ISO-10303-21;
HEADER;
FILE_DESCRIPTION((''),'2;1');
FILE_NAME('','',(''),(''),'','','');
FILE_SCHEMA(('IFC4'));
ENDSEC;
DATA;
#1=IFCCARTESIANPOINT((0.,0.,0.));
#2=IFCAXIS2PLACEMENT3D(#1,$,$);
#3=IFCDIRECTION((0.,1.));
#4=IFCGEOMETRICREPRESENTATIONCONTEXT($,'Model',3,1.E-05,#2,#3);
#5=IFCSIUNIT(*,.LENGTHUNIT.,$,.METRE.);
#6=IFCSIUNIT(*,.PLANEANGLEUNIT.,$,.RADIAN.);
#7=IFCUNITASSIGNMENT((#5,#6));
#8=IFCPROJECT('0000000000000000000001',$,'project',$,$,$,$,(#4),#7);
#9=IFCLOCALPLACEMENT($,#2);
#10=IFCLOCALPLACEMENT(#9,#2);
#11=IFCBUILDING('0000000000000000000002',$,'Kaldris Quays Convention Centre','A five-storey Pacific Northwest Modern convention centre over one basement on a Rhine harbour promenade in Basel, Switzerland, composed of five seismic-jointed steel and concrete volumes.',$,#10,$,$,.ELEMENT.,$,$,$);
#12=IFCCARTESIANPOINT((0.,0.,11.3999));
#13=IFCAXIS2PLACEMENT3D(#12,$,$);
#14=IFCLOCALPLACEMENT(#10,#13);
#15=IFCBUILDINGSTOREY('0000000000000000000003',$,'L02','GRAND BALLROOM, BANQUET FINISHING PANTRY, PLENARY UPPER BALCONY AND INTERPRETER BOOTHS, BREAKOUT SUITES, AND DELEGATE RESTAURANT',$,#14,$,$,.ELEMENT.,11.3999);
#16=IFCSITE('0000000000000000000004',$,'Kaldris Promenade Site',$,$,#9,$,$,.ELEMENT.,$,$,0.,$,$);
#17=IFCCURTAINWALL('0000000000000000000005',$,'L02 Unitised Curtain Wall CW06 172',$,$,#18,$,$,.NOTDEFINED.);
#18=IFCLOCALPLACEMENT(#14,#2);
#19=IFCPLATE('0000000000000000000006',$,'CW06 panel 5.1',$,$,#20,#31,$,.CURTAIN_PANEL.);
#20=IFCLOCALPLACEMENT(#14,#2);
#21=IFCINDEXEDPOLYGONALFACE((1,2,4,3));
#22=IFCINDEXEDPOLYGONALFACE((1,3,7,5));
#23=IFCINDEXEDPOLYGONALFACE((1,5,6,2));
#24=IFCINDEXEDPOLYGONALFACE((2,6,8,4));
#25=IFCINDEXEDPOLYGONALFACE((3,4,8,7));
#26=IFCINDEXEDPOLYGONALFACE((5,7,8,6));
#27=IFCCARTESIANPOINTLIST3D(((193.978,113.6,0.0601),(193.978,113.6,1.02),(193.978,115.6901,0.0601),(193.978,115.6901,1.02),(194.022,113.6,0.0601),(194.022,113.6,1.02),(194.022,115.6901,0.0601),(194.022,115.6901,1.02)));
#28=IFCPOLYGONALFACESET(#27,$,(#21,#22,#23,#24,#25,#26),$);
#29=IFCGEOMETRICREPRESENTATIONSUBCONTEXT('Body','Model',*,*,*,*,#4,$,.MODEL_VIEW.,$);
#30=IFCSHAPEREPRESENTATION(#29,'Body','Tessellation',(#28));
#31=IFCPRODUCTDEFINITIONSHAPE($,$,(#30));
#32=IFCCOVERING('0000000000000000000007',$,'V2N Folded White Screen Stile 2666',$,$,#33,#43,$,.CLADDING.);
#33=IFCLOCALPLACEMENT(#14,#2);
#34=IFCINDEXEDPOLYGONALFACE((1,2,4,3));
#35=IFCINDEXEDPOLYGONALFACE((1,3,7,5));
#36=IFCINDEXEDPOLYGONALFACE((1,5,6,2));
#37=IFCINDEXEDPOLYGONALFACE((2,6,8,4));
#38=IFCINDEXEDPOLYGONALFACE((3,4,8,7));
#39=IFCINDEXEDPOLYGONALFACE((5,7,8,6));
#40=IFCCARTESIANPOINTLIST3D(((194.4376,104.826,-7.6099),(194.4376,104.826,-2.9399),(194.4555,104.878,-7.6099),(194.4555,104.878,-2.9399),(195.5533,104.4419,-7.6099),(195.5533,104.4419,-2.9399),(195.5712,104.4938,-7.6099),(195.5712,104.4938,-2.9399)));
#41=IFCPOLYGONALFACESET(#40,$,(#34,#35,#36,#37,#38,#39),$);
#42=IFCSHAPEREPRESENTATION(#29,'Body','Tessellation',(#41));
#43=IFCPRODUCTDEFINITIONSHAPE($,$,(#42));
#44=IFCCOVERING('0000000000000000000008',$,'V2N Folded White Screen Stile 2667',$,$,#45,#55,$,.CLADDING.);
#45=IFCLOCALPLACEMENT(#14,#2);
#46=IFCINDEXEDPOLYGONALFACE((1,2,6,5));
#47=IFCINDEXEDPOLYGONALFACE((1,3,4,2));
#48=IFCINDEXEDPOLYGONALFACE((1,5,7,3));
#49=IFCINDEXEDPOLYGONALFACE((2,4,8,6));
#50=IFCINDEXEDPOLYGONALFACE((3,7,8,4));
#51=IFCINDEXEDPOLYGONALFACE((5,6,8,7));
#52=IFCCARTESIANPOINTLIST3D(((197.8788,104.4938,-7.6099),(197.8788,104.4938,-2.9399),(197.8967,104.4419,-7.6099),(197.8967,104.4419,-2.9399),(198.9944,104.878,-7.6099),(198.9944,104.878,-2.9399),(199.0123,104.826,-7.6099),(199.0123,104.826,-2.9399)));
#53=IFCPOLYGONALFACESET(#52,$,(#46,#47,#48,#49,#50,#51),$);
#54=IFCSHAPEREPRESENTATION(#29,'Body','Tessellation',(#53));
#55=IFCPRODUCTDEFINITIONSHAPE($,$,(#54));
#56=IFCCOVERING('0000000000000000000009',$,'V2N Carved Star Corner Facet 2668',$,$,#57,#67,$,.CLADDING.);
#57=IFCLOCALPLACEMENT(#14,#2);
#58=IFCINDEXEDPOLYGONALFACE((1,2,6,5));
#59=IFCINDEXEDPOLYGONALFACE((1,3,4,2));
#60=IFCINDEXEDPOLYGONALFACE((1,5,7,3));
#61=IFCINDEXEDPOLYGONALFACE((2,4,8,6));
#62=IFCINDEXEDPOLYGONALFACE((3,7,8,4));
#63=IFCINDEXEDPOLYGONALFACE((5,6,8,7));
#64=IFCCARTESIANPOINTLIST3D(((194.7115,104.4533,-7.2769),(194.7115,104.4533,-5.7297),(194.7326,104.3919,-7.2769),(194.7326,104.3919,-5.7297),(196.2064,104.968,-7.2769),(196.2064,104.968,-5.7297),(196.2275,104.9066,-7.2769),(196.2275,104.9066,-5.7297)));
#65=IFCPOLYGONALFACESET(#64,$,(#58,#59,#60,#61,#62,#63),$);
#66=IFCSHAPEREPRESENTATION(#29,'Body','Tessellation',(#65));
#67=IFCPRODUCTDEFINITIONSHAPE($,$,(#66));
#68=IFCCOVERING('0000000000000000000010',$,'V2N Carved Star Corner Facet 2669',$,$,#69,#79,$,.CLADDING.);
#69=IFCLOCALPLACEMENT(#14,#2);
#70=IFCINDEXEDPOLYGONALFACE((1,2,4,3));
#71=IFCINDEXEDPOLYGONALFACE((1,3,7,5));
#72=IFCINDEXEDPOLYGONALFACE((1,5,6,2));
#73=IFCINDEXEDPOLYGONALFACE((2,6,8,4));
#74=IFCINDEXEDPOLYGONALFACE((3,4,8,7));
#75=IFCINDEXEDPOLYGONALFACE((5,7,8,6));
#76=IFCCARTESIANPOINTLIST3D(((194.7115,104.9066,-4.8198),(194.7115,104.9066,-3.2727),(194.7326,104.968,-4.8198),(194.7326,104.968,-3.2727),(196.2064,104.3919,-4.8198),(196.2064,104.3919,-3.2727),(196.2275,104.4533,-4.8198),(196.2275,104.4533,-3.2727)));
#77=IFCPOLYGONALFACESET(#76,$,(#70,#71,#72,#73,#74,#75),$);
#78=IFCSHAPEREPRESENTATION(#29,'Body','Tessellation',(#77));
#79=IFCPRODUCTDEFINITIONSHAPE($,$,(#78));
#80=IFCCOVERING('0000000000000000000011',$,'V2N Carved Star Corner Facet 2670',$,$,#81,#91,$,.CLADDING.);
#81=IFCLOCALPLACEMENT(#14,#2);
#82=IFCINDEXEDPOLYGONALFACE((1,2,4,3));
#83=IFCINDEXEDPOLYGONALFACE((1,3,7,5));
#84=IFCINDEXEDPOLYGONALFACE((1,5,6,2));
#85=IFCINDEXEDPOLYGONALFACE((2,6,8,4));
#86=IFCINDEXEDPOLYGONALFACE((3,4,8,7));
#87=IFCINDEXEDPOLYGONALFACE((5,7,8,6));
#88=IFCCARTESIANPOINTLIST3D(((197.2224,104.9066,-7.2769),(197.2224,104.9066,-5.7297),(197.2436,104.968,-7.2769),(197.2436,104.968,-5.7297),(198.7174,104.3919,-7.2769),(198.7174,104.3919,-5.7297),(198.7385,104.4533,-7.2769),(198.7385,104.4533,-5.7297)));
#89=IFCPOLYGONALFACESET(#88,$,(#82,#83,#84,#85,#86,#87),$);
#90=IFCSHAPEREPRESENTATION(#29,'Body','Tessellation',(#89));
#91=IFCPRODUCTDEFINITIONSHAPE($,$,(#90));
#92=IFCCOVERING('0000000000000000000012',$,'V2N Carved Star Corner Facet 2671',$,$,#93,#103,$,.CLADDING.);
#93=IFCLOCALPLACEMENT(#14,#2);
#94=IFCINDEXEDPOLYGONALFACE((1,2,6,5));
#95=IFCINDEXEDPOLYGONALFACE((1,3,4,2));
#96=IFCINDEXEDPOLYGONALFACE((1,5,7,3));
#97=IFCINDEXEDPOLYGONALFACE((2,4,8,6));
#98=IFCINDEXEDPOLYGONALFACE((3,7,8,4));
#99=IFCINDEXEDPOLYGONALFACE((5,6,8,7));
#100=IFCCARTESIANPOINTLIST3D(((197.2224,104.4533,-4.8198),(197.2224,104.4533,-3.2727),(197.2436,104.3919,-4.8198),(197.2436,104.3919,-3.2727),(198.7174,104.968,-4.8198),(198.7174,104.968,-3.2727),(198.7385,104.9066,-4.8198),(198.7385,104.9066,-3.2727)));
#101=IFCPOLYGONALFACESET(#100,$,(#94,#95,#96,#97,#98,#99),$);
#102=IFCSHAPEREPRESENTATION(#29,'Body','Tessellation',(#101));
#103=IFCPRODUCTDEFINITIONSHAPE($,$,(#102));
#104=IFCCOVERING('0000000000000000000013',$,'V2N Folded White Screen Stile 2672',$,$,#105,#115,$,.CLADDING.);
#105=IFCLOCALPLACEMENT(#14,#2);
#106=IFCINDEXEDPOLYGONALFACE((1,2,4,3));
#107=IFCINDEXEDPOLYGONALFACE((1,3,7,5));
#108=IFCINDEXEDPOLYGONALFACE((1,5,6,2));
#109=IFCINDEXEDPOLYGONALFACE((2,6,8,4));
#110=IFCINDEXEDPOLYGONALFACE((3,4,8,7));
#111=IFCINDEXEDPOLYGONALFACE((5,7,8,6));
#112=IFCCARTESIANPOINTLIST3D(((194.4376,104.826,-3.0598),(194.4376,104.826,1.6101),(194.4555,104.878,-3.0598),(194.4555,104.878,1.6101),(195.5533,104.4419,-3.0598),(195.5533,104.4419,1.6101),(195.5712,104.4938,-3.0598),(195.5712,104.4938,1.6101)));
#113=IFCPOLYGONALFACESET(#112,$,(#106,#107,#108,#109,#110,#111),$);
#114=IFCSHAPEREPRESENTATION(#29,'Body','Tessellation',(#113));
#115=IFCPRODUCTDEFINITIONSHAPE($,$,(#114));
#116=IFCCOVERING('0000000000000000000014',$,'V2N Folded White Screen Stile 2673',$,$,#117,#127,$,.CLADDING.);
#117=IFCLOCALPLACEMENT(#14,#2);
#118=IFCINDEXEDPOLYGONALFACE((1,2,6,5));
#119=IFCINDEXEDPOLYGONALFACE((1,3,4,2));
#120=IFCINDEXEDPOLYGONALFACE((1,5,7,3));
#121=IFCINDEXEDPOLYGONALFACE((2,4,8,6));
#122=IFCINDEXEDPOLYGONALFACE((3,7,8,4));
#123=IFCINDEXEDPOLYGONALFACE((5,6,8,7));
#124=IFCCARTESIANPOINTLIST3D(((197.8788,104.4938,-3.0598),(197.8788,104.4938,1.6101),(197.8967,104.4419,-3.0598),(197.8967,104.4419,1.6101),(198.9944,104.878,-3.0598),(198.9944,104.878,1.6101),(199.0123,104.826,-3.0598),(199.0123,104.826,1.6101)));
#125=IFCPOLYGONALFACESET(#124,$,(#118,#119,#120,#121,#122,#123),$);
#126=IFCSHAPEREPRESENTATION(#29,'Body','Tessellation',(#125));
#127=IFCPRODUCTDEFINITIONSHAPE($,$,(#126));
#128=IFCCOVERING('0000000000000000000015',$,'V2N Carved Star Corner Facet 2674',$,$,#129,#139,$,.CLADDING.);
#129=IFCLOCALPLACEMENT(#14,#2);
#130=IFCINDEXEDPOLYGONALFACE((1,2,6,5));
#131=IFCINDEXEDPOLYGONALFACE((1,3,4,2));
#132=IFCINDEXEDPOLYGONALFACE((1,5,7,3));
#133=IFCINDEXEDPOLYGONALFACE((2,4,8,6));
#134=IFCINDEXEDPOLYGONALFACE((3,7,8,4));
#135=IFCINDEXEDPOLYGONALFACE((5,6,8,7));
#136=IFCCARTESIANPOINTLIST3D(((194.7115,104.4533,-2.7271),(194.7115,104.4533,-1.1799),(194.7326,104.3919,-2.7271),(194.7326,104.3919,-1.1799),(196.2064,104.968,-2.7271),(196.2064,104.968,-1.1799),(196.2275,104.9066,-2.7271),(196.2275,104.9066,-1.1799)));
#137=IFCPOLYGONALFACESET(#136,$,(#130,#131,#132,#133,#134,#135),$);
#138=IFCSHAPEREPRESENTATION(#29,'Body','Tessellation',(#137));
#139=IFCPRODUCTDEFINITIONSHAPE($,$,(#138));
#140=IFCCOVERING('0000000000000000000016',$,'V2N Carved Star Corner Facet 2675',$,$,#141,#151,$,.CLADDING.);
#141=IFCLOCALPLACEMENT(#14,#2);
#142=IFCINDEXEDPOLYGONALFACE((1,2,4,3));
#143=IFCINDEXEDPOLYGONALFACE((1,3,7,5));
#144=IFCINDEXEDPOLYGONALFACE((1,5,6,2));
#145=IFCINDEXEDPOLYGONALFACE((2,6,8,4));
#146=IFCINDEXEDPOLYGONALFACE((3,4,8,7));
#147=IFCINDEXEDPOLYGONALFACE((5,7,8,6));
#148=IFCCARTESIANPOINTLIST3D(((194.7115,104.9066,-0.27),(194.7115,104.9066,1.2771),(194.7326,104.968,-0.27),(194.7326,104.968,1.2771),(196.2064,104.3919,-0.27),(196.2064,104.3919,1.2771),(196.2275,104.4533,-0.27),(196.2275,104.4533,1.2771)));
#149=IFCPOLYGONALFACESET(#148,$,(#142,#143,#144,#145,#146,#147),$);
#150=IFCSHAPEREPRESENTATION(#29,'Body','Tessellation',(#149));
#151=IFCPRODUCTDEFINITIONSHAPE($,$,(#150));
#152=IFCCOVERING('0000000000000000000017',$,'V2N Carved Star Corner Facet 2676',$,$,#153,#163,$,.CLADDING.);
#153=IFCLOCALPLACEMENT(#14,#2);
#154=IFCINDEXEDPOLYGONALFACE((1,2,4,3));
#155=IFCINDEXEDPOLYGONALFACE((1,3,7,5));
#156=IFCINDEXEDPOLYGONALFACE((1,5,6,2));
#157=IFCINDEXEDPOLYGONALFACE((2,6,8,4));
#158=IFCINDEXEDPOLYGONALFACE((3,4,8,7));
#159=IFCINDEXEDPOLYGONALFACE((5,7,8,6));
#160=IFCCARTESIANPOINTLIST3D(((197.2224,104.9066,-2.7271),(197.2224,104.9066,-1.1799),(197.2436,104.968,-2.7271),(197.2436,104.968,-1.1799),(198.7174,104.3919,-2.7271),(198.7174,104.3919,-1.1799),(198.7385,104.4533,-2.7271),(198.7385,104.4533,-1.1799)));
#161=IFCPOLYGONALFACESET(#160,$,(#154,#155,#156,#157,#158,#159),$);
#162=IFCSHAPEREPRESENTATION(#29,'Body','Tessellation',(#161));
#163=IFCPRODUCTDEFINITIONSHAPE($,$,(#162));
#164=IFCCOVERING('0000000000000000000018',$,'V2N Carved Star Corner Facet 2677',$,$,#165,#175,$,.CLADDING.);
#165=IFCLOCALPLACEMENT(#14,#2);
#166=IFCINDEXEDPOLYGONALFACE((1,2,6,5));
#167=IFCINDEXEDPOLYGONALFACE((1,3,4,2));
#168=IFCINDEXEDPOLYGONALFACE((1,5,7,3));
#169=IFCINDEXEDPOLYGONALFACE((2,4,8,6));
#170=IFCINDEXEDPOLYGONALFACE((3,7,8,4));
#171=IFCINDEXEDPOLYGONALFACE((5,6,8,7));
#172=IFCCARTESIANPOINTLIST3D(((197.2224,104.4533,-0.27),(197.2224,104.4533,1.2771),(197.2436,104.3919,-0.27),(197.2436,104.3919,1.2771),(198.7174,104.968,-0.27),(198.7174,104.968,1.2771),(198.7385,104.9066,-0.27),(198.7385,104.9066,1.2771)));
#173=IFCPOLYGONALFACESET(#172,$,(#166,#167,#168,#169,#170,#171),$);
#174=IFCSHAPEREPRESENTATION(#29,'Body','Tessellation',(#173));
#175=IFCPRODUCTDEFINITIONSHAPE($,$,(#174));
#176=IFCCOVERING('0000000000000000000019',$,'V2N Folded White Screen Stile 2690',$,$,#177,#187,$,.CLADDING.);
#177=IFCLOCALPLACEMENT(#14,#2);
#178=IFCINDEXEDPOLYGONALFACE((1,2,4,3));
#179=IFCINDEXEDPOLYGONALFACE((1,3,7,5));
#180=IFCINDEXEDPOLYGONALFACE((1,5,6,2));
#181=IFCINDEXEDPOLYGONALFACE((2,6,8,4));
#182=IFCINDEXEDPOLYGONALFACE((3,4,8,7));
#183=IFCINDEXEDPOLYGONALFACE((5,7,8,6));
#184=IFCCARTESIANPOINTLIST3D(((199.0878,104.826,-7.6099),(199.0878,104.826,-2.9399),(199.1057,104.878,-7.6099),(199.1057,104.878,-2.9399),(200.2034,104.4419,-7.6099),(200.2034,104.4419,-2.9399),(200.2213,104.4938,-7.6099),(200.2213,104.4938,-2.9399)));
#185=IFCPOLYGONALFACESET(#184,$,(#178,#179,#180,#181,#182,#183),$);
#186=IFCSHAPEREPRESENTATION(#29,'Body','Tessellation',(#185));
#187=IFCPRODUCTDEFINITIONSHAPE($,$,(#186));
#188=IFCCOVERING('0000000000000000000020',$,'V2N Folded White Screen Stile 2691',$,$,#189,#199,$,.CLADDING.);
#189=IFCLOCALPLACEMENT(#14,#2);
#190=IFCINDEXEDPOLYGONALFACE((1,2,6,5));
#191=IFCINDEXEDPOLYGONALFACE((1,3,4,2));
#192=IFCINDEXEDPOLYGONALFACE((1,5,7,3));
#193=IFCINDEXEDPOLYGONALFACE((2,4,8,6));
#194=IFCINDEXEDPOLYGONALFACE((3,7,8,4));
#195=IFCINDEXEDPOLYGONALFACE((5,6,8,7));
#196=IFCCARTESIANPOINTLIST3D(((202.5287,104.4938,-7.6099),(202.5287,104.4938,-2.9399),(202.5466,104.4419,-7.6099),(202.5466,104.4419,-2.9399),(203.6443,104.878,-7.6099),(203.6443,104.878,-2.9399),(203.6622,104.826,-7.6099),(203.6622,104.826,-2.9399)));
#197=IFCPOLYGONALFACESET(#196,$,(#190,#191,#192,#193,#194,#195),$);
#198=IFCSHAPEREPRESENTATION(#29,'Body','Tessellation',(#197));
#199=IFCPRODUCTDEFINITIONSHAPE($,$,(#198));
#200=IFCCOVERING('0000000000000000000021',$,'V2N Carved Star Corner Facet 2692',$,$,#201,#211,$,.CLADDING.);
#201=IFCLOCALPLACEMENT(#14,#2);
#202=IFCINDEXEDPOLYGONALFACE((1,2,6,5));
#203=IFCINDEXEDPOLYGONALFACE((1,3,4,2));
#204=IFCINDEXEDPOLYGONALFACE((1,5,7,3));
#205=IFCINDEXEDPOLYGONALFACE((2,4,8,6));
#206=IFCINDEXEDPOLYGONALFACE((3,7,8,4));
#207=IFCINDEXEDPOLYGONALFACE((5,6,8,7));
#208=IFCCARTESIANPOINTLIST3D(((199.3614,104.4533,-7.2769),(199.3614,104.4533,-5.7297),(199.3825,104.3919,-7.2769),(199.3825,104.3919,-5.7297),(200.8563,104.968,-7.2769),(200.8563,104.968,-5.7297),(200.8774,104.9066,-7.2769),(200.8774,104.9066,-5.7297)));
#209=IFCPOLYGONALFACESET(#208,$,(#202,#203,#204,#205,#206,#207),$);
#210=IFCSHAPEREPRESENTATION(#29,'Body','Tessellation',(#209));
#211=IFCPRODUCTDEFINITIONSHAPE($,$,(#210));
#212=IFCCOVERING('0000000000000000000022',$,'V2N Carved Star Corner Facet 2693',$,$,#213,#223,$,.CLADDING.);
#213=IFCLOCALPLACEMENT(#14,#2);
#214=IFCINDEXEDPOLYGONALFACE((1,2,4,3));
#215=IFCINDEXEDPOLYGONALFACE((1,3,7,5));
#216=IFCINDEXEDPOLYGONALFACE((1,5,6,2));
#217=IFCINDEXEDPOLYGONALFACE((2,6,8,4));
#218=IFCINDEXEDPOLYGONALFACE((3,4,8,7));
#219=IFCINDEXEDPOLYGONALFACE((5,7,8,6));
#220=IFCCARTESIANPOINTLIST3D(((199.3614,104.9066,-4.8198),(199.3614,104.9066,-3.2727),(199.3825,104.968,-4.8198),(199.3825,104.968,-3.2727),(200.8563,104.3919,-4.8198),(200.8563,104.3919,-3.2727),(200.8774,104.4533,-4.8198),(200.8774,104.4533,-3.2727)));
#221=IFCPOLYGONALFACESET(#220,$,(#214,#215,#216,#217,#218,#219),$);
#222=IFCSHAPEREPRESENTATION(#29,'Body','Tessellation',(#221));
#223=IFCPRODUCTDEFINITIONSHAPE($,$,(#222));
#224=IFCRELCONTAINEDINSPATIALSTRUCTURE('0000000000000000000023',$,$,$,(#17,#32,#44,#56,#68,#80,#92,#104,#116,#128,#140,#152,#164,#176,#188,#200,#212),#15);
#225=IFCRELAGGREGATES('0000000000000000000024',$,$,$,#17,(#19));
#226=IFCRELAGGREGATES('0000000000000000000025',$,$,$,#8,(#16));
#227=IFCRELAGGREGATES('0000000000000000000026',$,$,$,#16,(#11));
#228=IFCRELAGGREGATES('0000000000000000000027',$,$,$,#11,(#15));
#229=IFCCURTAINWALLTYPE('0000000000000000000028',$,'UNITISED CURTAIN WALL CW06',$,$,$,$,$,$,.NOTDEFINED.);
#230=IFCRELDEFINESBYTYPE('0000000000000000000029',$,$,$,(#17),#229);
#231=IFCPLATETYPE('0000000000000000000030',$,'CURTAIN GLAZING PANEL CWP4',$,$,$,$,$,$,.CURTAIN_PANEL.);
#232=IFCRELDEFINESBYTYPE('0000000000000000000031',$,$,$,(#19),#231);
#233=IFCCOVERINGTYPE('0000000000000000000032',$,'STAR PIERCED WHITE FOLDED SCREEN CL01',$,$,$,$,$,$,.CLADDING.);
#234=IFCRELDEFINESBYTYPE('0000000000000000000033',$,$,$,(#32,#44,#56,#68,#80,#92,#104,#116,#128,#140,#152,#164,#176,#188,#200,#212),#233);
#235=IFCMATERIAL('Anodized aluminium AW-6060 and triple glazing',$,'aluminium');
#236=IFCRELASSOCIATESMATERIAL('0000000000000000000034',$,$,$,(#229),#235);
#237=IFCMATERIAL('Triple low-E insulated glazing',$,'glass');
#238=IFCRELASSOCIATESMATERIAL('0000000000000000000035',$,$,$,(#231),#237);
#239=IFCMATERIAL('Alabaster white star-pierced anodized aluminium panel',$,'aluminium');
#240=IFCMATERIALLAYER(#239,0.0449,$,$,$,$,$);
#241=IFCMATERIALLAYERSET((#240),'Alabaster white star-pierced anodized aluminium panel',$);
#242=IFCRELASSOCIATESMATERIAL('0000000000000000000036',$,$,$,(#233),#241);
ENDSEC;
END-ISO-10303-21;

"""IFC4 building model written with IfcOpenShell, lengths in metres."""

from ifc_helpers import new_model, si_unit, direction, frame, origin, origin_2d, place, context, subcontext, project, spatial, rectangle, extrude, material, layer, layer_set, type_object, element, aggregate, save


model = new_model("IFC4")

# Units and contexts
model_context = context("Model", 3, precision=1e-05, world=origin(), true_north=direction((0.0, 1.0)))
body_context = subcontext(model_context, "Body", "Model", "MODEL_VIEW")
ifc_project = project(units=[si_unit("LENGTHUNIT", "METRE"), si_unit("PLANEANGLEUNIT", "RADIAN")], contexts=[model_context])

# Site, building, storey
site_placement = place(None, origin())
site = spatial("IfcSite", under=ifc_project, at=site_placement, Name="Kaldris Promenade Site", CompositionType="ELEMENT", RefElevation=0.0)
building_placement = place(site_placement, origin())
building = spatial("IfcBuilding", under=site, at=building_placement, Name="Kaldris Quays Convention Centre", Description="A five-storey Pacific Northwest Modern convention centre over one basement on a Rhine harbour promenade in Basel, Switzerland, composed of five seismic-jointed steel and concrete volumes.", CompositionType="ELEMENT")
storey_placement = place(building_placement, frame((0.0, 0.0, 11.3999)))
storey = spatial("IfcBuildingStorey", under=building, at=storey_placement, Name="L02", Description="GRAND BALLROOM, BANQUET FINISHING PANTRY, PLENARY UPPER BALCONY AND INTERPRETER BOOTHS, BREAKOUT SUITES, AND DELEGATE RESTAURANT", CompositionType="ELEMENT", Elevation=11.3999)

# Curtain wall, plate
ifc_material_1 = material(Name="Anodized aluminium AW-6060 and triple glazing", Category="aluminium")
curtain_wall_type = type_object("IfcCurtainWallType", Name="UNITISED CURTAIN WALL CW06", PredefinedType="NOTDEFINED", material=ifc_material_1)
curtain_wall_placement = place(storey_placement, origin())
curtain_wall = element("IfcCurtainWall", 1, at=curtain_wall_placement, inside=storey, type_object=curtain_wall_type, Name="L02 Unitised Curtain Wall CW06 172", PredefinedType="NOTDEFINED")
ifc_material_2 = material(Name="Triple low-E insulated glazing", Category="glass")
plate_type = type_object("IfcPlateType", Name="CURTAIN GLAZING PANEL CWP4", PredefinedType="CURTAIN_PANEL", material=ifc_material_2)
plate_1_placement = place(storey_placement, frame((194.0, 114.645, 0.0601), z_axis=(0.0, 0.0, 1.0), x_axis=(0.0, 1.0, 0.0)))
plate_1 = element("IfcPlate", 2, at=plate_1_placement, type_object=plate_type, Name="CW06 panel 5.1", PredefinedType="CURTAIN_PANEL", context=body_context, shape_type="SweptSolid", body=[
    extrude(rectangle(XDim=2.0901, YDim=0.0439, at=origin_2d()), origin(), (0.0, 0.0, 1.0), 0.96),
])
aggregate(curtain_wall, [plate_1])

# Coverings
ifc_material_3 = material(Name="Alabaster white star-pierced anodized aluminium panel", Category="aluminium")
ifc_layer = layer(ifc_material_3, 0.0449)
ifc_layer_set = layer_set([ifc_layer], Name="Alabaster white star-pierced anodized aluminium panel")
covering_type = type_object("IfcCoveringType", Name="STAR PIERCED WHITE FOLDED SCREEN CL01", PredefinedType="CLADDING", material=ifc_layer_set)
for number, where, z_axis, x_axis, name in (
    (3, (195.0044, 104.6599, -7.6099), (0.0, 0.0, 1.0), (0.945519, -0.325568, 0.0), "V2N Folded White Screen Stile 2666"),
    (4, (198.4456, 104.6599, -7.6099), (0.0, 0.0, 1.0), (0.945519, 0.325568, 0.0), "V2N Folded White Screen Stile 2667"),
):
    element("IfcCovering", number, at=place(storey_placement, frame(where, z_axis=z_axis, x_axis=x_axis)), inside=storey, type_object=covering_type, Name=name, PredefinedType="CLADDING", context=body_context, shape_type="SweptSolid", body=[
        extrude(rectangle(XDim=1.1799, YDim=0.0549, at=origin_2d()), origin(), (0.0, 0.0, 1.0), 4.6699),
    ])
for number, where, z_axis, x_axis, name in (
    (5, (195.4695, 104.6799, -7.2769), (0.0, 0.0, 1.0), (0.945519, 0.325568, 0.0), "V2N Carved Star Corner Facet 2668"),
    (6, (195.4695, 104.6799, -4.8198), (0.0, 0.0, 1.0), (0.945519, -0.325568, 0.0), "V2N Carved Star Corner Facet 2669"),
    (7, (197.9805, 104.6799, -7.2769), (0.0, 0.0, 1.0), (0.945519, -0.325568, 0.0), "V2N Carved Star Corner Facet 2670"),
    (8, (197.9805, 104.6799, -4.8198), (0.0, 0.0, 1.0), (0.945519, 0.325568, 0.0), "V2N Carved Star Corner Facet 2671"),
):
    element("IfcCovering", number, at=place(storey_placement, frame(where, z_axis=z_axis, x_axis=x_axis)), inside=storey, type_object=covering_type, Name=name, PredefinedType="CLADDING", context=body_context, shape_type="SweptSolid", body=[
        extrude(rectangle(XDim=1.5811, YDim=0.0649, at=origin_2d()), origin(), (0.0, 0.0, 1.0), 1.5471),
    ])
for number, where, z_axis, x_axis, name in (
    (9, (195.0044, 104.6599, -3.0598), (0.0, 0.0, 1.0), (0.945519, -0.325568, 0.0), "V2N Folded White Screen Stile 2672"),
    (10, (198.4456, 104.6599, -3.0598), (0.0, 0.0, 1.0), (0.945519, 0.325568, 0.0), "V2N Folded White Screen Stile 2673"),
):
    element("IfcCovering", number, at=place(storey_placement, frame(where, z_axis=z_axis, x_axis=x_axis)), inside=storey, type_object=covering_type, Name=name, PredefinedType="CLADDING", context=body_context, shape_type="SweptSolid", body=[
        extrude(rectangle(XDim=1.1799, YDim=0.0549, at=origin_2d()), origin(), (0.0, 0.0, 1.0), 4.6699),
    ])
for number, where, z_axis, x_axis, name in (
    (11, (195.4695, 104.6799, -2.7271), (0.0, 0.0, 1.0), (0.945519, 0.325568, 0.0), "V2N Carved Star Corner Facet 2674"),
    (12, (195.4695, 104.6799, -0.27), (0.0, 0.0, 1.0), (0.945519, -0.325568, 0.0), "V2N Carved Star Corner Facet 2675"),
    (13, (197.9805, 104.6799, -2.7271), (0.0, 0.0, 1.0), (0.945519, -0.325568, 0.0), "V2N Carved Star Corner Facet 2676"),
    (14, (197.9805, 104.6799, -0.27), (0.0, 0.0, 1.0), (0.945519, 0.325568, 0.0), "V2N Carved Star Corner Facet 2677"),
):
    element("IfcCovering", number, at=place(storey_placement, frame(where, z_axis=z_axis, x_axis=x_axis)), inside=storey, type_object=covering_type, Name=name, PredefinedType="CLADDING", context=body_context, shape_type="SweptSolid", body=[
        extrude(rectangle(XDim=1.5811, YDim=0.0649, at=origin_2d()), origin(), (0.0, 0.0, 1.0), 1.5471),
    ])
for number, where, z_axis, x_axis, name in (
    (15, (199.6545, 104.6599, -7.6099), (0.0, 0.0, 1.0), (0.945519, -0.325568, 0.0), "V2N Folded White Screen Stile 2690"),
    (16, (203.0955, 104.6599, -7.6099), (0.0, 0.0, 1.0), (0.945519, 0.325568, 0.0), "V2N Folded White Screen Stile 2691"),
):
    element("IfcCovering", number, at=place(storey_placement, frame(where, z_axis=z_axis, x_axis=x_axis)), inside=storey, type_object=covering_type, Name=name, PredefinedType="CLADDING", context=body_context, shape_type="SweptSolid", body=[
        extrude(rectangle(XDim=1.1799, YDim=0.0549, at=origin_2d()), origin(), (0.0, 0.0, 1.0), 4.6699),
    ])
for number, where, z_axis, x_axis, name in (
    (17, (200.1194, 104.6799, -7.2769), (0.0, 0.0, 1.0), (0.945519, 0.325568, 0.0), "V2N Carved Star Corner Facet 2692"),
    (18, (200.1194, 104.6799, -4.8198), (0.0, 0.0, 1.0), (0.945519, -0.325568, 0.0), "V2N Carved Star Corner Facet 2693"),
):
    element("IfcCovering", number, at=place(storey_placement, frame(where, z_axis=z_axis, x_axis=x_axis)), inside=storey, type_object=covering_type, Name=name, PredefinedType="CLADDING", context=body_context, shape_type="SweptSolid", body=[
        extrude(rectangle(XDim=1.5811, YDim=0.0649, at=origin_2d()), origin(), (0.0, 0.0, 1.0), 1.5471),
    ])

save(model, "model.ifc")
